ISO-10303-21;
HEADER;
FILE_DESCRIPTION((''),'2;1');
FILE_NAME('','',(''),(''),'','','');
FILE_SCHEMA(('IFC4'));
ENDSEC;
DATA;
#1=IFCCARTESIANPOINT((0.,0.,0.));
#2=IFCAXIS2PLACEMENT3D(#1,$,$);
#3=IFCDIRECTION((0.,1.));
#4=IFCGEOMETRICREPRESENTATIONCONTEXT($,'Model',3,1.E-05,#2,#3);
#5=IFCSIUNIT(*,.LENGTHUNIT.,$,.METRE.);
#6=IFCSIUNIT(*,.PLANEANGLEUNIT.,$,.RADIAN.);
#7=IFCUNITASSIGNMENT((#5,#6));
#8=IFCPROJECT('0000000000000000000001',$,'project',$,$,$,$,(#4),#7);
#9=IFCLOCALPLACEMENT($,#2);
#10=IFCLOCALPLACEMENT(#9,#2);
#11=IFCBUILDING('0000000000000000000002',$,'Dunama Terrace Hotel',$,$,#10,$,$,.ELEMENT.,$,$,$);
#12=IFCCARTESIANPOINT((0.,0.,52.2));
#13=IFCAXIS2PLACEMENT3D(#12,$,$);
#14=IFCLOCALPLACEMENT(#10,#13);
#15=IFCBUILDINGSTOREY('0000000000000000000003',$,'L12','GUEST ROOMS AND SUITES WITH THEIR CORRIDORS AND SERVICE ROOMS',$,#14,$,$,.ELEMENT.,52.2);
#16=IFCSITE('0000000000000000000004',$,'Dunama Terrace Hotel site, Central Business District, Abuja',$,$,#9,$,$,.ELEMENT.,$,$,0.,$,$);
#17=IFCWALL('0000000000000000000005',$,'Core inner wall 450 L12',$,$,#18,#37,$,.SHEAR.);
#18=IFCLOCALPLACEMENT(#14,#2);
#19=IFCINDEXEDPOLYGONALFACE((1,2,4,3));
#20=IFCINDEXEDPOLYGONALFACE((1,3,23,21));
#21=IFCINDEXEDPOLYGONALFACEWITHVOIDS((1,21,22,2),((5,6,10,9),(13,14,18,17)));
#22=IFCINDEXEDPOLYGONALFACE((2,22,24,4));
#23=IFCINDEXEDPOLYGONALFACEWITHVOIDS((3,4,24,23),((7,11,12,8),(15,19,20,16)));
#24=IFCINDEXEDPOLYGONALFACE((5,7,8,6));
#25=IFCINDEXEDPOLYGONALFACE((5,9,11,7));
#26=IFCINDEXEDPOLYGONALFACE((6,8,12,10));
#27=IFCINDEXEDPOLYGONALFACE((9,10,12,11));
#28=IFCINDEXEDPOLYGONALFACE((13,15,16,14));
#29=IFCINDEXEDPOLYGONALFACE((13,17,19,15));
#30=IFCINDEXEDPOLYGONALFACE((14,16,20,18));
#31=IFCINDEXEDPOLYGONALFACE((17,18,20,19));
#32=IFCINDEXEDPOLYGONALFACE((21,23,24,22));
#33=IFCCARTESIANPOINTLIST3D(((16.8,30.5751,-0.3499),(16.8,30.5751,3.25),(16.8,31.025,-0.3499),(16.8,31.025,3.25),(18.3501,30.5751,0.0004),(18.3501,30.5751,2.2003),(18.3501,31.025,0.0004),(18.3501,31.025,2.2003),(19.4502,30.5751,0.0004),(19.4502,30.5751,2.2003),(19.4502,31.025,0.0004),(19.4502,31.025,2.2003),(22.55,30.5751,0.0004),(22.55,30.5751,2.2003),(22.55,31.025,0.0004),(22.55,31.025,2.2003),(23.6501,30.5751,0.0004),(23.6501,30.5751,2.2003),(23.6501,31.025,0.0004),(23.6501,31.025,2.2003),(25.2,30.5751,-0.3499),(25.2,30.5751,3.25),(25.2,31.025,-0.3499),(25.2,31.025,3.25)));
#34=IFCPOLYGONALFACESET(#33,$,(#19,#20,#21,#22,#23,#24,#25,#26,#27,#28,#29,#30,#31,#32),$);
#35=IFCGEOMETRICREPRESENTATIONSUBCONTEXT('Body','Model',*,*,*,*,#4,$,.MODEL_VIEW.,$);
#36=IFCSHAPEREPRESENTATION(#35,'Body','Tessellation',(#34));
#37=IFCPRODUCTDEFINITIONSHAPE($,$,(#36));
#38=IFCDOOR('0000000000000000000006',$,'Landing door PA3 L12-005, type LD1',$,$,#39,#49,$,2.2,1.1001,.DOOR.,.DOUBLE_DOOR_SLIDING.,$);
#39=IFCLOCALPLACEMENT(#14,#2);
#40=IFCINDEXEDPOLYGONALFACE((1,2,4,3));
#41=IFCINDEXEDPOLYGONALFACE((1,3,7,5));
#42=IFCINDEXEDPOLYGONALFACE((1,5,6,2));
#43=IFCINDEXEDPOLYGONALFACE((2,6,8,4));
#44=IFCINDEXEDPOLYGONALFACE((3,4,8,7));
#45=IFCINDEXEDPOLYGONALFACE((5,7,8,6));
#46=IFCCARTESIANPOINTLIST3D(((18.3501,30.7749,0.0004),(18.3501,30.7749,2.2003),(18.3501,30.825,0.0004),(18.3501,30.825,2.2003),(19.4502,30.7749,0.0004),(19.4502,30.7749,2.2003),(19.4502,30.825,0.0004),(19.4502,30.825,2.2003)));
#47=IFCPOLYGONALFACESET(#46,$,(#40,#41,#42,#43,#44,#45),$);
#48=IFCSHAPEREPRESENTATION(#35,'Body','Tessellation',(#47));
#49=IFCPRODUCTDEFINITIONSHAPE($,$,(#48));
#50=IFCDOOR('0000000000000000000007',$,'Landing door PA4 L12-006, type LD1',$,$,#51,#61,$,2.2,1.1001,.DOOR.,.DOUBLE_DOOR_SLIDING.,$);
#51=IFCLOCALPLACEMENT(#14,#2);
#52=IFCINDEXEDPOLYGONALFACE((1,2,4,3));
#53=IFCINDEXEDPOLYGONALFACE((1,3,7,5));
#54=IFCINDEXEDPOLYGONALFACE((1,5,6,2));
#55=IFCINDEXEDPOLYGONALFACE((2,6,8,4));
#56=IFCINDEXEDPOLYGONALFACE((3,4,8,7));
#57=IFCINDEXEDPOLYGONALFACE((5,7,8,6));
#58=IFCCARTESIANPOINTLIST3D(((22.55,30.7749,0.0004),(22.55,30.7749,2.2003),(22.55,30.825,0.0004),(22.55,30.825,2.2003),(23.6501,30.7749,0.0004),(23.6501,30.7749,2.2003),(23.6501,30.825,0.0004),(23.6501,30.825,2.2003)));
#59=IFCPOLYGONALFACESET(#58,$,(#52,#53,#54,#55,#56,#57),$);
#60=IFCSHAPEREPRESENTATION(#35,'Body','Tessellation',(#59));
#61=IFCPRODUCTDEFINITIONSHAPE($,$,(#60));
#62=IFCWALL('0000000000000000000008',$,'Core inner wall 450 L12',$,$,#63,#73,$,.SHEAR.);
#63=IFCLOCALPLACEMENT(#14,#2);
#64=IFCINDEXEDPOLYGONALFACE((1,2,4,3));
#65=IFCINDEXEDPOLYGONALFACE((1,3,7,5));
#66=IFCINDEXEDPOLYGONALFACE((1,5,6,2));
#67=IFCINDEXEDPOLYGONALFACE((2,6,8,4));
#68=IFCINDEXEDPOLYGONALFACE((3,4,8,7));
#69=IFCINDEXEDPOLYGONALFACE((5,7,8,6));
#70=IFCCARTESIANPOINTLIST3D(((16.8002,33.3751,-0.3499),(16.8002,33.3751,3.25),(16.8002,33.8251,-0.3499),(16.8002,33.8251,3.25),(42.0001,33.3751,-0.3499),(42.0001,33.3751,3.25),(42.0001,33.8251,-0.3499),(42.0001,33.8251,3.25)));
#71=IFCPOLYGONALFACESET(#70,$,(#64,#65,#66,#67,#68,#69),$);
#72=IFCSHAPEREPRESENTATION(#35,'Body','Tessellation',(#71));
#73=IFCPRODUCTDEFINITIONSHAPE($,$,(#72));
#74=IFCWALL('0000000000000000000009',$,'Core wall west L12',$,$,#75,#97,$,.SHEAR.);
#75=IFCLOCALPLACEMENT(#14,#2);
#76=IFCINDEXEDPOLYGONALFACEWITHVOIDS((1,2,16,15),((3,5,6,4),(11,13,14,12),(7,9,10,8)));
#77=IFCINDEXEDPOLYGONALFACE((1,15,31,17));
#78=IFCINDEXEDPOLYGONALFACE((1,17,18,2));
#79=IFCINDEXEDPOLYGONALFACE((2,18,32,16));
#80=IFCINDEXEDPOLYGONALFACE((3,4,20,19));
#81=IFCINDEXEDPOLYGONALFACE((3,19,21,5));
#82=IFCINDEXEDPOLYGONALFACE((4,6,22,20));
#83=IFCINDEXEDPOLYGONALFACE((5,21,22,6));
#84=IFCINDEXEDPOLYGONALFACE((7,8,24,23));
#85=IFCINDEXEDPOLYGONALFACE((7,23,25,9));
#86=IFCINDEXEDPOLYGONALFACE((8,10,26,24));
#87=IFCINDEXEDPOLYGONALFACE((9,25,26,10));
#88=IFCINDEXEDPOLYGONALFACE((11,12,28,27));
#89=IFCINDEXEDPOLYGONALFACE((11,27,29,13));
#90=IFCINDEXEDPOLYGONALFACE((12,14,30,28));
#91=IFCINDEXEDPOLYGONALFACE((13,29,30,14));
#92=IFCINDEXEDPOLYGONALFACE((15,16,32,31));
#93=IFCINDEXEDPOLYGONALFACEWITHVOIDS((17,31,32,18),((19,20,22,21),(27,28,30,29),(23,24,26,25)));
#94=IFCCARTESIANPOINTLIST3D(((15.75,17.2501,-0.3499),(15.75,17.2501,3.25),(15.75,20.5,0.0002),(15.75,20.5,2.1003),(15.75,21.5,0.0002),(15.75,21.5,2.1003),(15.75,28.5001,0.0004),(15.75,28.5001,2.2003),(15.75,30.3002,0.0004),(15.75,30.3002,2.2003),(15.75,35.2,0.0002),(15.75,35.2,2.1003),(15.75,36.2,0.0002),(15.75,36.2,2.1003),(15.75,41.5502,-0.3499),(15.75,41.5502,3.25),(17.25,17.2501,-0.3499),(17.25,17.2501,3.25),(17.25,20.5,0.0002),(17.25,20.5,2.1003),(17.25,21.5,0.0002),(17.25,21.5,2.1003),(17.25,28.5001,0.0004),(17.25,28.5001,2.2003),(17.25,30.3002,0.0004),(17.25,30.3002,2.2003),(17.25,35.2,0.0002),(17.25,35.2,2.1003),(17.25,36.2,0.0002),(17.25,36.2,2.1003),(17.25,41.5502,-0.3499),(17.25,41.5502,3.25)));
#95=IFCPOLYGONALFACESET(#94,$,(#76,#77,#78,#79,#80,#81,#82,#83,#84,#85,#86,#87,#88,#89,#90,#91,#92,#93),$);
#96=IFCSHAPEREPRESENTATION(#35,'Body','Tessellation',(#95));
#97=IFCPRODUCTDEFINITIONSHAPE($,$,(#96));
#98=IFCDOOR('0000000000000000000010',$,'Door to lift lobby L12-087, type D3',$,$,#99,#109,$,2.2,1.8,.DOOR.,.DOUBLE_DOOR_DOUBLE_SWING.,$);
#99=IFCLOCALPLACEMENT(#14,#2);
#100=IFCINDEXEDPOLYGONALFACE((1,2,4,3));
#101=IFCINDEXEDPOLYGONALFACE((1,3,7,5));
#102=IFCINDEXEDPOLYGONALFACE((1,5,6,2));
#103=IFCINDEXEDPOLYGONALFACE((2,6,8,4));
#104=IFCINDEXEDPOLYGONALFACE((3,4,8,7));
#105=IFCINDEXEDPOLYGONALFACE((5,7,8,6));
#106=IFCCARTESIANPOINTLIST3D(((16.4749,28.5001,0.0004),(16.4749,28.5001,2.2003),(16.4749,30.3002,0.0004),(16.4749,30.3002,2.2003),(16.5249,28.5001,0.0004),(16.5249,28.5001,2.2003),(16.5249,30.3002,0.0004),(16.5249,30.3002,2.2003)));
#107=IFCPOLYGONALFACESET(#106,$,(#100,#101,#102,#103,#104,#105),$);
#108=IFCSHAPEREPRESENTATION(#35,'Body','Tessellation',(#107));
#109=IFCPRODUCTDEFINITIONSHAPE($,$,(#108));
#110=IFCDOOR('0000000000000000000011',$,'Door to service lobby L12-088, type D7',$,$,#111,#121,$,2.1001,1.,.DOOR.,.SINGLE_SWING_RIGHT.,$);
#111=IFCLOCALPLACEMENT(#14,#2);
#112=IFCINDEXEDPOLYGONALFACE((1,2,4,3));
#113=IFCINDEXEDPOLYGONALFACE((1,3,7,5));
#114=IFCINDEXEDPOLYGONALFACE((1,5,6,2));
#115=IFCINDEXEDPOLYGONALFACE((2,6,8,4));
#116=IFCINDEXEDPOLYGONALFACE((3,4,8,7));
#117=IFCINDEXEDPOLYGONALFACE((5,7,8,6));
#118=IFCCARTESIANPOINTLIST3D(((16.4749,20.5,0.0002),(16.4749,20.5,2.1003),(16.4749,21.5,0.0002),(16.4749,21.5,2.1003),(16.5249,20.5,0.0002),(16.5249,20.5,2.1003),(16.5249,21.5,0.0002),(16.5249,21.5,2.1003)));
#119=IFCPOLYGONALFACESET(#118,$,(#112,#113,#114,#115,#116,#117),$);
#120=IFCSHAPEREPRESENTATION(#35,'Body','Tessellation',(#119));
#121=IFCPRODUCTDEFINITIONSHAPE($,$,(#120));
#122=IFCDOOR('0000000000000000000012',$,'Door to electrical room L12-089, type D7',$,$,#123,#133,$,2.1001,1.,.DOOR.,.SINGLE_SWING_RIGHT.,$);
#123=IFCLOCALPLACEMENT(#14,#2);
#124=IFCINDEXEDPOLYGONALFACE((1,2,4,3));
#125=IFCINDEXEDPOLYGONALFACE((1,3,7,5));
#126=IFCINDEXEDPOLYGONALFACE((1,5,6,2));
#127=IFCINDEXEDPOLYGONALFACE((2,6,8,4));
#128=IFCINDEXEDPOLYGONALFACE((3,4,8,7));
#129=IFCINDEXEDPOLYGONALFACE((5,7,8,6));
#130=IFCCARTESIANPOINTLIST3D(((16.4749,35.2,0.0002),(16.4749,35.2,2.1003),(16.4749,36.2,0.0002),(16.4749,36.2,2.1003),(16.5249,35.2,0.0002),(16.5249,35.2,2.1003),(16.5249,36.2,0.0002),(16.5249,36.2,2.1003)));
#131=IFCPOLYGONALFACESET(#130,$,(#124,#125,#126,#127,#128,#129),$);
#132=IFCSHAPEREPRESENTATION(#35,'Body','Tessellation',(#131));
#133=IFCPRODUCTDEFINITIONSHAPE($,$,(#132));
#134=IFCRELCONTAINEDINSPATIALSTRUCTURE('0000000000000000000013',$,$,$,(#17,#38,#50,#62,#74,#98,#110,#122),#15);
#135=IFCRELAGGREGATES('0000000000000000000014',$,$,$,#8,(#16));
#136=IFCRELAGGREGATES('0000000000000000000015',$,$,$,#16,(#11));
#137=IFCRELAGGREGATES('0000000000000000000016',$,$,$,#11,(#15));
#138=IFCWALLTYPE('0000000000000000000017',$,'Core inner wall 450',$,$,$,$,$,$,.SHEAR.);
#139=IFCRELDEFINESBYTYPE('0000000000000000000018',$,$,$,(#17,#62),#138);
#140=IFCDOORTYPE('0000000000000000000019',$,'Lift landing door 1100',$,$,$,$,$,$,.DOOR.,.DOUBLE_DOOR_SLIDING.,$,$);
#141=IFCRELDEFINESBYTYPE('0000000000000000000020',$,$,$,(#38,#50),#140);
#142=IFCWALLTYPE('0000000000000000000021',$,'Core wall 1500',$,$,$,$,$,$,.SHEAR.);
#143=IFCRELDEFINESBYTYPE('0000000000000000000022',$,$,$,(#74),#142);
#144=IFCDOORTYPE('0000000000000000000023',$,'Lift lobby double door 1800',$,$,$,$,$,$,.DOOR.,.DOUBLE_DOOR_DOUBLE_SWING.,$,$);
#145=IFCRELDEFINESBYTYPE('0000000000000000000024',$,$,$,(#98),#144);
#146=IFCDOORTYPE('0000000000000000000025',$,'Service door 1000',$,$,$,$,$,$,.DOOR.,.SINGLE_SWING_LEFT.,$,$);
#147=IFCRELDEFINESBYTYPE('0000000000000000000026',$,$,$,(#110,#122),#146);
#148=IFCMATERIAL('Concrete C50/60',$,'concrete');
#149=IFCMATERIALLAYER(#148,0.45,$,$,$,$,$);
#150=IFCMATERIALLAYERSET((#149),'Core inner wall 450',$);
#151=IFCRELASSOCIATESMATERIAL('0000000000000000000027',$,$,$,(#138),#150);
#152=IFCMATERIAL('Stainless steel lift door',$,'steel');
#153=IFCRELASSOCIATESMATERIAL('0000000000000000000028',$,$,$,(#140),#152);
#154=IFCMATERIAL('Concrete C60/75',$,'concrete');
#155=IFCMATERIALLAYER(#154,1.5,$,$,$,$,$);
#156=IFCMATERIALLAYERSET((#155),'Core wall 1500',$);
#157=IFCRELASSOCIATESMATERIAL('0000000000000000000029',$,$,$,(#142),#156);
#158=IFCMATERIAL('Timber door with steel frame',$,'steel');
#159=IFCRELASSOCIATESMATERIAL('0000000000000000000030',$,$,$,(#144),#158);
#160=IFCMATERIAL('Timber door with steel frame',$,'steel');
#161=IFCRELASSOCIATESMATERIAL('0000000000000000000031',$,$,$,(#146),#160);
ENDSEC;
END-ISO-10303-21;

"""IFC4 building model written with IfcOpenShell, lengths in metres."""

from ifc_helpers import new_model, si_unit, direction, frame, frame_2d, origin, place, context, subcontext, project, spatial, rectangle, extrude, material, layer, layer_set, type_object, element, fill, save


model = new_model("IFC4")

# Units and contexts
model_context = context("Model", 3, precision=1e-05, world=origin(), true_north=direction((0.0, 1.0)))
body_context = subcontext(model_context, "Body", "Model", "MODEL_VIEW")
ifc_project = project(units=[si_unit("LENGTHUNIT", "METRE"), si_unit("PLANEANGLEUNIT", "RADIAN")], contexts=[model_context])

# Site, building, storey
site_placement = place(None, origin())
site = spatial("IfcSite", under=ifc_project, at=site_placement, Name="Dunama Terrace Hotel site, Central Business District, Abuja", CompositionType="ELEMENT", RefElevation=0.0)
building_placement = place(site_placement, origin())
building = spatial("IfcBuilding", under=site, at=building_placement, Name="Dunama Terrace Hotel", CompositionType="ELEMENT")
storey_placement = place(building_placement, frame((0.0, 0.0, 52.2)))
storey = spatial("IfcBuildingStorey", under=building, at=storey_placement, Name="L12", Description="GUEST ROOMS AND SUITES WITH THEIR CORRIDORS AND SERVICE ROOMS", CompositionType="ELEMENT", Elevation=52.2)

# Wall, openings, doors
ifc_material_1 = material(Name="Concrete C50/60", Category="concrete")
ifc_layer_1 = layer(ifc_material_1, 0.45)
ifc_layer_set_1 = layer_set([ifc_layer_1], Name="Core inner wall 450")
wall_type_1 = type_object("IfcWallType", Name="Core inner wall 450", PredefinedType="SHEAR", material=ifc_layer_set_1)
ifc_material_2 = material(Name="Stainless steel lift door", Category="steel")
door_type_1 = type_object("IfcDoorType", Name="Lift landing door 1100", OperationType="DOUBLE_DOOR_SLIDING", PredefinedType="DOOR", material=ifc_material_2)
wall_1_placement = place(storey_placement, frame((16.8, 30.8, -0.3499), z_axis=(0.0, 0.0, 1.0), x_axis=(1.0, 0.0, 0.0)))
wall_1 = element("IfcWall", 1, at=wall_1_placement, inside=storey, type_object=wall_type_1, Name="Core inner wall 450 L12", PredefinedType="SHEAR", context=body_context, shape_type="SweptSolid", body=[
    extrude(rectangle(XDim=8.3999, YDim=0.45, at=frame_2d((4.2, 0.0))), origin(), (0.0, 0.0, 1.0), 3.5999),
])
opening_1_placement = place(wall_1_placement, frame((1.55, 0.0, 0.3501)))
opening_1 = element("IfcOpeningElement", 2, at=opening_1_placement, cuts=wall_1, PredefinedType="OPENING", context=body_context, shape_type="SweptSolid", body=[
    extrude(rectangle(XDim=1.1001, YDim=2.2, at=frame_2d((0.55, 1.1001))), frame((0.0, 0.2349, 0.0), z_axis=(0.0, -1.0, 0.0), x_axis=(1.0, 0.0, 0.0)), (0.0, 0.0, 1.0), 0.47),
])
opening_2_placement = place(wall_1_placement, frame((5.75, 0.0, 0.3501)))
opening_2 = element("IfcOpeningElement", 3, at=opening_2_placement, cuts=wall_1, PredefinedType="OPENING", context=body_context, shape_type="SweptSolid", body=[
    extrude(rectangle(XDim=1.1001, YDim=2.2, at=frame_2d((0.55, 1.1001))), frame((0.0, 0.2349, 0.0), z_axis=(0.0, -1.0, 0.0), x_axis=(1.0, 0.0, 0.0)), (0.0, 0.0, 1.0), 0.47),
])
door_1_placement = place(opening_1_placement, origin())
door_1 = element("IfcDoor", 4, at=door_1_placement, inside=storey, type_object=door_type_1, Name="Landing door PA3 L12-005, type LD1", OperationType="DOUBLE_DOOR_SLIDING", OverallHeight=2.2, OverallWidth=1.1001, PredefinedType="DOOR", context=body_context, shape_type="SweptSolid", body=[
    extrude(rectangle(XDim=1.1001, YDim=2.2, at=frame_2d((0.55, 1.1001))), frame((0.0, 0.0249, 0.0), z_axis=(0.0, -1.0, 0.0), x_axis=(1.0, 0.0, 0.0)), (0.0, 0.0, 1.0), 0.05),
])
fill(opening_1, door_1)
door_2_placement = place(opening_2_placement, origin())
door_2 = element("IfcDoor", 5, at=door_2_placement, inside=storey, type_object=door_type_1, Name="Landing door PA4 L12-006, type LD1", OperationType="DOUBLE_DOOR_SLIDING", OverallHeight=2.2, OverallWidth=1.1001, PredefinedType="DOOR", context=body_context, shape_type="SweptSolid", body=[
    extrude(rectangle(XDim=1.1001, YDim=2.2, at=frame_2d((0.55, 1.1001))), frame((0.0, 0.0249, 0.0), z_axis=(0.0, -1.0, 0.0), x_axis=(1.0, 0.0, 0.0)), (0.0, 0.0, 1.0), 0.05),
])
fill(opening_2, door_2)

# Wall
wall_2_placement = place(storey_placement, frame((16.8, 33.6001, -0.3499), z_axis=(0.0, 0.0, 1.0), x_axis=(1.0, 0.0, 0.0)))
element("IfcWall", 6, at=wall_2_placement, inside=storey, type_object=wall_type_1, Name="Core inner wall 450 L12", PredefinedType="SHEAR", context=body_context, shape_type="SweptSolid", body=[
    extrude(rectangle(XDim=25.2, YDim=0.45, at=frame_2d((12.6001, 0.0))), origin(), (0.0, 0.0, 1.0), 3.5999),
])

# Wall, openings, doors
ifc_material_3 = material(Name="Concrete C60/75", Category="concrete")
ifc_layer_2 = layer(ifc_material_3, 1.5)
ifc_layer_set_2 = layer_set([ifc_layer_2], Name="Core wall 1500")
wall_type_2 = type_object("IfcWallType", Name="Core wall 1500", PredefinedType="SHEAR", material=ifc_layer_set_2)
wall_3_placement = place(storey_placement, frame((16.5, 41.55, -0.3499), z_axis=(0.0, 0.0, 1.0), x_axis=(0.0, -1.0, 0.0)))
wall_3 = element("IfcWall", 7, at=wall_3_placement, inside=storey, type_object=wall_type_2, Name="Core wall west L12", PredefinedType="SHEAR", context=body_context, shape_type="SweptSolid", body=[
    extrude(rectangle(XDim=24.3, YDim=1.5, at=frame_2d((12.1499, 0.0))), origin(), (0.0, 0.0, 1.0), 3.5999),
])
opening_3_placement = place(wall_3_placement, frame((11.25, 0.0, 0.3501)))
opening_3 = element("IfcOpeningElement", 8, at=opening_3_placement, cuts=wall_3, PredefinedType="OPENING", context=body_context, shape_type="SweptSolid", body=[
    extrude(rectangle(XDim=1.8, YDim=2.2, at=frame_2d((0.8999, 1.1001))), frame((0.0, 0.76, 0.0), z_axis=(0.0, -1.0, 0.0), x_axis=(1.0, 0.0, 0.0)), (0.0, 0.0, 1.0), 1.52),
])
opening_4_placement = place(wall_3_placement, frame((20.05, 0.0, 0.3501)))
opening_4 = element("IfcOpeningElement", 9, at=opening_4_placement, cuts=wall_3, PredefinedType="OPENING", context=body_context, shape_type="SweptSolid", body=[
    extrude(rectangle(XDim=1.0, YDim=2.1001, at=frame_2d((0.5, 1.05))), frame((0.0, 0.76, 0.0), z_axis=(0.0, -1.0, 0.0), x_axis=(1.0, 0.0, 0.0)), (0.0, 0.0, 1.0), 1.52),
])
opening_5_placement = place(wall_3_placement, frame((5.3501, 0.0, 0.3501)))
opening_5 = element("IfcOpeningElement", 10, at=opening_5_placement, cuts=wall_3, PredefinedType="OPENING", context=body_context, shape_type="SweptSolid", body=[
    extrude(rectangle(XDim=1.0, YDim=2.1001, at=frame_2d((0.5, 1.05))), frame((0.0, 0.76, 0.0), z_axis=(0.0, -1.0, 0.0), x_axis=(1.0, 0.0, 0.0)), (0.0, 0.0, 1.0), 1.52),
])
ifc_material_4 = material(Name="Timber door with steel frame", Category="steel")
door_type_2 = type_object("IfcDoorType", Name="Lift lobby double door 1800", OperationType="DOUBLE_DOOR_DOUBLE_SWING", PredefinedType="DOOR", material=ifc_material_4)
door_3_placement = place(opening_3_placement, origin())
door_3 = element("IfcDoor", 11, at=door_3_placement, inside=storey, type_object=door_type_2, Name="Door to lift lobby L12-087, type D3", OperationType="DOUBLE_DOOR_DOUBLE_SWING", OverallHeight=2.2, OverallWidth=1.8, PredefinedType="DOOR", context=body_context, shape_type="SweptSolid", body=[
    extrude(rectangle(XDim=1.8, YDim=2.2, at=frame_2d((0.8999, 1.1001))), frame((0.0, 0.0249, 0.0), z_axis=(0.0, -1.0, 0.0), x_axis=(1.0, 0.0, 0.0)), (0.0, 0.0, 1.0), 0.05),
])
fill(opening_3, door_3)
ifc_material_5 = material(Name="Timber door with steel frame", Category="steel")
door_type_3 = type_object("IfcDoorType", Name="Service door 1000", OperationType="SINGLE_SWING_LEFT", PredefinedType="DOOR", material=ifc_material_5)
door_4_placement = place(opening_4_placement, origin())
door_4 = element("IfcDoor", 12, at=door_4_placement, inside=storey, type_object=door_type_3, Name="Door to service lobby L12-088, type D7", OperationType="SINGLE_SWING_RIGHT", OverallHeight=2.1001, OverallWidth=1.0, PredefinedType="DOOR", context=body_context, shape_type="SweptSolid", body=[
    extrude(rectangle(XDim=1.0, YDim=2.1001, at=frame_2d((0.5, 1.05))), frame((0.0, 0.0249, 0.0), z_axis=(0.0, -1.0, 0.0), x_axis=(1.0, 0.0, 0.0)), (0.0, 0.0, 1.0), 0.05),
])
fill(opening_4, door_4)
door_5_placement = place(opening_5_placement, origin())
door_5 = element("IfcDoor", 13, at=door_5_placement, inside=storey, type_object=door_type_3, Name="Door to electrical room L12-089, type D7", OperationType="SINGLE_SWING_RIGHT", OverallHeight=2.1001, OverallWidth=1.0, PredefinedType="DOOR", context=body_context, shape_type="SweptSolid", body=[
    extrude(rectangle(XDim=1.0, YDim=2.1001, at=frame_2d((0.5, 1.05))), frame((0.0, 0.0249, 0.0), z_axis=(0.0, -1.0, 0.0), x_axis=(1.0, 0.0, 0.0)), (0.0, 0.0, 1.0), 0.05),
])
fill(opening_5, door_5)

save(model, "model.ifc")
